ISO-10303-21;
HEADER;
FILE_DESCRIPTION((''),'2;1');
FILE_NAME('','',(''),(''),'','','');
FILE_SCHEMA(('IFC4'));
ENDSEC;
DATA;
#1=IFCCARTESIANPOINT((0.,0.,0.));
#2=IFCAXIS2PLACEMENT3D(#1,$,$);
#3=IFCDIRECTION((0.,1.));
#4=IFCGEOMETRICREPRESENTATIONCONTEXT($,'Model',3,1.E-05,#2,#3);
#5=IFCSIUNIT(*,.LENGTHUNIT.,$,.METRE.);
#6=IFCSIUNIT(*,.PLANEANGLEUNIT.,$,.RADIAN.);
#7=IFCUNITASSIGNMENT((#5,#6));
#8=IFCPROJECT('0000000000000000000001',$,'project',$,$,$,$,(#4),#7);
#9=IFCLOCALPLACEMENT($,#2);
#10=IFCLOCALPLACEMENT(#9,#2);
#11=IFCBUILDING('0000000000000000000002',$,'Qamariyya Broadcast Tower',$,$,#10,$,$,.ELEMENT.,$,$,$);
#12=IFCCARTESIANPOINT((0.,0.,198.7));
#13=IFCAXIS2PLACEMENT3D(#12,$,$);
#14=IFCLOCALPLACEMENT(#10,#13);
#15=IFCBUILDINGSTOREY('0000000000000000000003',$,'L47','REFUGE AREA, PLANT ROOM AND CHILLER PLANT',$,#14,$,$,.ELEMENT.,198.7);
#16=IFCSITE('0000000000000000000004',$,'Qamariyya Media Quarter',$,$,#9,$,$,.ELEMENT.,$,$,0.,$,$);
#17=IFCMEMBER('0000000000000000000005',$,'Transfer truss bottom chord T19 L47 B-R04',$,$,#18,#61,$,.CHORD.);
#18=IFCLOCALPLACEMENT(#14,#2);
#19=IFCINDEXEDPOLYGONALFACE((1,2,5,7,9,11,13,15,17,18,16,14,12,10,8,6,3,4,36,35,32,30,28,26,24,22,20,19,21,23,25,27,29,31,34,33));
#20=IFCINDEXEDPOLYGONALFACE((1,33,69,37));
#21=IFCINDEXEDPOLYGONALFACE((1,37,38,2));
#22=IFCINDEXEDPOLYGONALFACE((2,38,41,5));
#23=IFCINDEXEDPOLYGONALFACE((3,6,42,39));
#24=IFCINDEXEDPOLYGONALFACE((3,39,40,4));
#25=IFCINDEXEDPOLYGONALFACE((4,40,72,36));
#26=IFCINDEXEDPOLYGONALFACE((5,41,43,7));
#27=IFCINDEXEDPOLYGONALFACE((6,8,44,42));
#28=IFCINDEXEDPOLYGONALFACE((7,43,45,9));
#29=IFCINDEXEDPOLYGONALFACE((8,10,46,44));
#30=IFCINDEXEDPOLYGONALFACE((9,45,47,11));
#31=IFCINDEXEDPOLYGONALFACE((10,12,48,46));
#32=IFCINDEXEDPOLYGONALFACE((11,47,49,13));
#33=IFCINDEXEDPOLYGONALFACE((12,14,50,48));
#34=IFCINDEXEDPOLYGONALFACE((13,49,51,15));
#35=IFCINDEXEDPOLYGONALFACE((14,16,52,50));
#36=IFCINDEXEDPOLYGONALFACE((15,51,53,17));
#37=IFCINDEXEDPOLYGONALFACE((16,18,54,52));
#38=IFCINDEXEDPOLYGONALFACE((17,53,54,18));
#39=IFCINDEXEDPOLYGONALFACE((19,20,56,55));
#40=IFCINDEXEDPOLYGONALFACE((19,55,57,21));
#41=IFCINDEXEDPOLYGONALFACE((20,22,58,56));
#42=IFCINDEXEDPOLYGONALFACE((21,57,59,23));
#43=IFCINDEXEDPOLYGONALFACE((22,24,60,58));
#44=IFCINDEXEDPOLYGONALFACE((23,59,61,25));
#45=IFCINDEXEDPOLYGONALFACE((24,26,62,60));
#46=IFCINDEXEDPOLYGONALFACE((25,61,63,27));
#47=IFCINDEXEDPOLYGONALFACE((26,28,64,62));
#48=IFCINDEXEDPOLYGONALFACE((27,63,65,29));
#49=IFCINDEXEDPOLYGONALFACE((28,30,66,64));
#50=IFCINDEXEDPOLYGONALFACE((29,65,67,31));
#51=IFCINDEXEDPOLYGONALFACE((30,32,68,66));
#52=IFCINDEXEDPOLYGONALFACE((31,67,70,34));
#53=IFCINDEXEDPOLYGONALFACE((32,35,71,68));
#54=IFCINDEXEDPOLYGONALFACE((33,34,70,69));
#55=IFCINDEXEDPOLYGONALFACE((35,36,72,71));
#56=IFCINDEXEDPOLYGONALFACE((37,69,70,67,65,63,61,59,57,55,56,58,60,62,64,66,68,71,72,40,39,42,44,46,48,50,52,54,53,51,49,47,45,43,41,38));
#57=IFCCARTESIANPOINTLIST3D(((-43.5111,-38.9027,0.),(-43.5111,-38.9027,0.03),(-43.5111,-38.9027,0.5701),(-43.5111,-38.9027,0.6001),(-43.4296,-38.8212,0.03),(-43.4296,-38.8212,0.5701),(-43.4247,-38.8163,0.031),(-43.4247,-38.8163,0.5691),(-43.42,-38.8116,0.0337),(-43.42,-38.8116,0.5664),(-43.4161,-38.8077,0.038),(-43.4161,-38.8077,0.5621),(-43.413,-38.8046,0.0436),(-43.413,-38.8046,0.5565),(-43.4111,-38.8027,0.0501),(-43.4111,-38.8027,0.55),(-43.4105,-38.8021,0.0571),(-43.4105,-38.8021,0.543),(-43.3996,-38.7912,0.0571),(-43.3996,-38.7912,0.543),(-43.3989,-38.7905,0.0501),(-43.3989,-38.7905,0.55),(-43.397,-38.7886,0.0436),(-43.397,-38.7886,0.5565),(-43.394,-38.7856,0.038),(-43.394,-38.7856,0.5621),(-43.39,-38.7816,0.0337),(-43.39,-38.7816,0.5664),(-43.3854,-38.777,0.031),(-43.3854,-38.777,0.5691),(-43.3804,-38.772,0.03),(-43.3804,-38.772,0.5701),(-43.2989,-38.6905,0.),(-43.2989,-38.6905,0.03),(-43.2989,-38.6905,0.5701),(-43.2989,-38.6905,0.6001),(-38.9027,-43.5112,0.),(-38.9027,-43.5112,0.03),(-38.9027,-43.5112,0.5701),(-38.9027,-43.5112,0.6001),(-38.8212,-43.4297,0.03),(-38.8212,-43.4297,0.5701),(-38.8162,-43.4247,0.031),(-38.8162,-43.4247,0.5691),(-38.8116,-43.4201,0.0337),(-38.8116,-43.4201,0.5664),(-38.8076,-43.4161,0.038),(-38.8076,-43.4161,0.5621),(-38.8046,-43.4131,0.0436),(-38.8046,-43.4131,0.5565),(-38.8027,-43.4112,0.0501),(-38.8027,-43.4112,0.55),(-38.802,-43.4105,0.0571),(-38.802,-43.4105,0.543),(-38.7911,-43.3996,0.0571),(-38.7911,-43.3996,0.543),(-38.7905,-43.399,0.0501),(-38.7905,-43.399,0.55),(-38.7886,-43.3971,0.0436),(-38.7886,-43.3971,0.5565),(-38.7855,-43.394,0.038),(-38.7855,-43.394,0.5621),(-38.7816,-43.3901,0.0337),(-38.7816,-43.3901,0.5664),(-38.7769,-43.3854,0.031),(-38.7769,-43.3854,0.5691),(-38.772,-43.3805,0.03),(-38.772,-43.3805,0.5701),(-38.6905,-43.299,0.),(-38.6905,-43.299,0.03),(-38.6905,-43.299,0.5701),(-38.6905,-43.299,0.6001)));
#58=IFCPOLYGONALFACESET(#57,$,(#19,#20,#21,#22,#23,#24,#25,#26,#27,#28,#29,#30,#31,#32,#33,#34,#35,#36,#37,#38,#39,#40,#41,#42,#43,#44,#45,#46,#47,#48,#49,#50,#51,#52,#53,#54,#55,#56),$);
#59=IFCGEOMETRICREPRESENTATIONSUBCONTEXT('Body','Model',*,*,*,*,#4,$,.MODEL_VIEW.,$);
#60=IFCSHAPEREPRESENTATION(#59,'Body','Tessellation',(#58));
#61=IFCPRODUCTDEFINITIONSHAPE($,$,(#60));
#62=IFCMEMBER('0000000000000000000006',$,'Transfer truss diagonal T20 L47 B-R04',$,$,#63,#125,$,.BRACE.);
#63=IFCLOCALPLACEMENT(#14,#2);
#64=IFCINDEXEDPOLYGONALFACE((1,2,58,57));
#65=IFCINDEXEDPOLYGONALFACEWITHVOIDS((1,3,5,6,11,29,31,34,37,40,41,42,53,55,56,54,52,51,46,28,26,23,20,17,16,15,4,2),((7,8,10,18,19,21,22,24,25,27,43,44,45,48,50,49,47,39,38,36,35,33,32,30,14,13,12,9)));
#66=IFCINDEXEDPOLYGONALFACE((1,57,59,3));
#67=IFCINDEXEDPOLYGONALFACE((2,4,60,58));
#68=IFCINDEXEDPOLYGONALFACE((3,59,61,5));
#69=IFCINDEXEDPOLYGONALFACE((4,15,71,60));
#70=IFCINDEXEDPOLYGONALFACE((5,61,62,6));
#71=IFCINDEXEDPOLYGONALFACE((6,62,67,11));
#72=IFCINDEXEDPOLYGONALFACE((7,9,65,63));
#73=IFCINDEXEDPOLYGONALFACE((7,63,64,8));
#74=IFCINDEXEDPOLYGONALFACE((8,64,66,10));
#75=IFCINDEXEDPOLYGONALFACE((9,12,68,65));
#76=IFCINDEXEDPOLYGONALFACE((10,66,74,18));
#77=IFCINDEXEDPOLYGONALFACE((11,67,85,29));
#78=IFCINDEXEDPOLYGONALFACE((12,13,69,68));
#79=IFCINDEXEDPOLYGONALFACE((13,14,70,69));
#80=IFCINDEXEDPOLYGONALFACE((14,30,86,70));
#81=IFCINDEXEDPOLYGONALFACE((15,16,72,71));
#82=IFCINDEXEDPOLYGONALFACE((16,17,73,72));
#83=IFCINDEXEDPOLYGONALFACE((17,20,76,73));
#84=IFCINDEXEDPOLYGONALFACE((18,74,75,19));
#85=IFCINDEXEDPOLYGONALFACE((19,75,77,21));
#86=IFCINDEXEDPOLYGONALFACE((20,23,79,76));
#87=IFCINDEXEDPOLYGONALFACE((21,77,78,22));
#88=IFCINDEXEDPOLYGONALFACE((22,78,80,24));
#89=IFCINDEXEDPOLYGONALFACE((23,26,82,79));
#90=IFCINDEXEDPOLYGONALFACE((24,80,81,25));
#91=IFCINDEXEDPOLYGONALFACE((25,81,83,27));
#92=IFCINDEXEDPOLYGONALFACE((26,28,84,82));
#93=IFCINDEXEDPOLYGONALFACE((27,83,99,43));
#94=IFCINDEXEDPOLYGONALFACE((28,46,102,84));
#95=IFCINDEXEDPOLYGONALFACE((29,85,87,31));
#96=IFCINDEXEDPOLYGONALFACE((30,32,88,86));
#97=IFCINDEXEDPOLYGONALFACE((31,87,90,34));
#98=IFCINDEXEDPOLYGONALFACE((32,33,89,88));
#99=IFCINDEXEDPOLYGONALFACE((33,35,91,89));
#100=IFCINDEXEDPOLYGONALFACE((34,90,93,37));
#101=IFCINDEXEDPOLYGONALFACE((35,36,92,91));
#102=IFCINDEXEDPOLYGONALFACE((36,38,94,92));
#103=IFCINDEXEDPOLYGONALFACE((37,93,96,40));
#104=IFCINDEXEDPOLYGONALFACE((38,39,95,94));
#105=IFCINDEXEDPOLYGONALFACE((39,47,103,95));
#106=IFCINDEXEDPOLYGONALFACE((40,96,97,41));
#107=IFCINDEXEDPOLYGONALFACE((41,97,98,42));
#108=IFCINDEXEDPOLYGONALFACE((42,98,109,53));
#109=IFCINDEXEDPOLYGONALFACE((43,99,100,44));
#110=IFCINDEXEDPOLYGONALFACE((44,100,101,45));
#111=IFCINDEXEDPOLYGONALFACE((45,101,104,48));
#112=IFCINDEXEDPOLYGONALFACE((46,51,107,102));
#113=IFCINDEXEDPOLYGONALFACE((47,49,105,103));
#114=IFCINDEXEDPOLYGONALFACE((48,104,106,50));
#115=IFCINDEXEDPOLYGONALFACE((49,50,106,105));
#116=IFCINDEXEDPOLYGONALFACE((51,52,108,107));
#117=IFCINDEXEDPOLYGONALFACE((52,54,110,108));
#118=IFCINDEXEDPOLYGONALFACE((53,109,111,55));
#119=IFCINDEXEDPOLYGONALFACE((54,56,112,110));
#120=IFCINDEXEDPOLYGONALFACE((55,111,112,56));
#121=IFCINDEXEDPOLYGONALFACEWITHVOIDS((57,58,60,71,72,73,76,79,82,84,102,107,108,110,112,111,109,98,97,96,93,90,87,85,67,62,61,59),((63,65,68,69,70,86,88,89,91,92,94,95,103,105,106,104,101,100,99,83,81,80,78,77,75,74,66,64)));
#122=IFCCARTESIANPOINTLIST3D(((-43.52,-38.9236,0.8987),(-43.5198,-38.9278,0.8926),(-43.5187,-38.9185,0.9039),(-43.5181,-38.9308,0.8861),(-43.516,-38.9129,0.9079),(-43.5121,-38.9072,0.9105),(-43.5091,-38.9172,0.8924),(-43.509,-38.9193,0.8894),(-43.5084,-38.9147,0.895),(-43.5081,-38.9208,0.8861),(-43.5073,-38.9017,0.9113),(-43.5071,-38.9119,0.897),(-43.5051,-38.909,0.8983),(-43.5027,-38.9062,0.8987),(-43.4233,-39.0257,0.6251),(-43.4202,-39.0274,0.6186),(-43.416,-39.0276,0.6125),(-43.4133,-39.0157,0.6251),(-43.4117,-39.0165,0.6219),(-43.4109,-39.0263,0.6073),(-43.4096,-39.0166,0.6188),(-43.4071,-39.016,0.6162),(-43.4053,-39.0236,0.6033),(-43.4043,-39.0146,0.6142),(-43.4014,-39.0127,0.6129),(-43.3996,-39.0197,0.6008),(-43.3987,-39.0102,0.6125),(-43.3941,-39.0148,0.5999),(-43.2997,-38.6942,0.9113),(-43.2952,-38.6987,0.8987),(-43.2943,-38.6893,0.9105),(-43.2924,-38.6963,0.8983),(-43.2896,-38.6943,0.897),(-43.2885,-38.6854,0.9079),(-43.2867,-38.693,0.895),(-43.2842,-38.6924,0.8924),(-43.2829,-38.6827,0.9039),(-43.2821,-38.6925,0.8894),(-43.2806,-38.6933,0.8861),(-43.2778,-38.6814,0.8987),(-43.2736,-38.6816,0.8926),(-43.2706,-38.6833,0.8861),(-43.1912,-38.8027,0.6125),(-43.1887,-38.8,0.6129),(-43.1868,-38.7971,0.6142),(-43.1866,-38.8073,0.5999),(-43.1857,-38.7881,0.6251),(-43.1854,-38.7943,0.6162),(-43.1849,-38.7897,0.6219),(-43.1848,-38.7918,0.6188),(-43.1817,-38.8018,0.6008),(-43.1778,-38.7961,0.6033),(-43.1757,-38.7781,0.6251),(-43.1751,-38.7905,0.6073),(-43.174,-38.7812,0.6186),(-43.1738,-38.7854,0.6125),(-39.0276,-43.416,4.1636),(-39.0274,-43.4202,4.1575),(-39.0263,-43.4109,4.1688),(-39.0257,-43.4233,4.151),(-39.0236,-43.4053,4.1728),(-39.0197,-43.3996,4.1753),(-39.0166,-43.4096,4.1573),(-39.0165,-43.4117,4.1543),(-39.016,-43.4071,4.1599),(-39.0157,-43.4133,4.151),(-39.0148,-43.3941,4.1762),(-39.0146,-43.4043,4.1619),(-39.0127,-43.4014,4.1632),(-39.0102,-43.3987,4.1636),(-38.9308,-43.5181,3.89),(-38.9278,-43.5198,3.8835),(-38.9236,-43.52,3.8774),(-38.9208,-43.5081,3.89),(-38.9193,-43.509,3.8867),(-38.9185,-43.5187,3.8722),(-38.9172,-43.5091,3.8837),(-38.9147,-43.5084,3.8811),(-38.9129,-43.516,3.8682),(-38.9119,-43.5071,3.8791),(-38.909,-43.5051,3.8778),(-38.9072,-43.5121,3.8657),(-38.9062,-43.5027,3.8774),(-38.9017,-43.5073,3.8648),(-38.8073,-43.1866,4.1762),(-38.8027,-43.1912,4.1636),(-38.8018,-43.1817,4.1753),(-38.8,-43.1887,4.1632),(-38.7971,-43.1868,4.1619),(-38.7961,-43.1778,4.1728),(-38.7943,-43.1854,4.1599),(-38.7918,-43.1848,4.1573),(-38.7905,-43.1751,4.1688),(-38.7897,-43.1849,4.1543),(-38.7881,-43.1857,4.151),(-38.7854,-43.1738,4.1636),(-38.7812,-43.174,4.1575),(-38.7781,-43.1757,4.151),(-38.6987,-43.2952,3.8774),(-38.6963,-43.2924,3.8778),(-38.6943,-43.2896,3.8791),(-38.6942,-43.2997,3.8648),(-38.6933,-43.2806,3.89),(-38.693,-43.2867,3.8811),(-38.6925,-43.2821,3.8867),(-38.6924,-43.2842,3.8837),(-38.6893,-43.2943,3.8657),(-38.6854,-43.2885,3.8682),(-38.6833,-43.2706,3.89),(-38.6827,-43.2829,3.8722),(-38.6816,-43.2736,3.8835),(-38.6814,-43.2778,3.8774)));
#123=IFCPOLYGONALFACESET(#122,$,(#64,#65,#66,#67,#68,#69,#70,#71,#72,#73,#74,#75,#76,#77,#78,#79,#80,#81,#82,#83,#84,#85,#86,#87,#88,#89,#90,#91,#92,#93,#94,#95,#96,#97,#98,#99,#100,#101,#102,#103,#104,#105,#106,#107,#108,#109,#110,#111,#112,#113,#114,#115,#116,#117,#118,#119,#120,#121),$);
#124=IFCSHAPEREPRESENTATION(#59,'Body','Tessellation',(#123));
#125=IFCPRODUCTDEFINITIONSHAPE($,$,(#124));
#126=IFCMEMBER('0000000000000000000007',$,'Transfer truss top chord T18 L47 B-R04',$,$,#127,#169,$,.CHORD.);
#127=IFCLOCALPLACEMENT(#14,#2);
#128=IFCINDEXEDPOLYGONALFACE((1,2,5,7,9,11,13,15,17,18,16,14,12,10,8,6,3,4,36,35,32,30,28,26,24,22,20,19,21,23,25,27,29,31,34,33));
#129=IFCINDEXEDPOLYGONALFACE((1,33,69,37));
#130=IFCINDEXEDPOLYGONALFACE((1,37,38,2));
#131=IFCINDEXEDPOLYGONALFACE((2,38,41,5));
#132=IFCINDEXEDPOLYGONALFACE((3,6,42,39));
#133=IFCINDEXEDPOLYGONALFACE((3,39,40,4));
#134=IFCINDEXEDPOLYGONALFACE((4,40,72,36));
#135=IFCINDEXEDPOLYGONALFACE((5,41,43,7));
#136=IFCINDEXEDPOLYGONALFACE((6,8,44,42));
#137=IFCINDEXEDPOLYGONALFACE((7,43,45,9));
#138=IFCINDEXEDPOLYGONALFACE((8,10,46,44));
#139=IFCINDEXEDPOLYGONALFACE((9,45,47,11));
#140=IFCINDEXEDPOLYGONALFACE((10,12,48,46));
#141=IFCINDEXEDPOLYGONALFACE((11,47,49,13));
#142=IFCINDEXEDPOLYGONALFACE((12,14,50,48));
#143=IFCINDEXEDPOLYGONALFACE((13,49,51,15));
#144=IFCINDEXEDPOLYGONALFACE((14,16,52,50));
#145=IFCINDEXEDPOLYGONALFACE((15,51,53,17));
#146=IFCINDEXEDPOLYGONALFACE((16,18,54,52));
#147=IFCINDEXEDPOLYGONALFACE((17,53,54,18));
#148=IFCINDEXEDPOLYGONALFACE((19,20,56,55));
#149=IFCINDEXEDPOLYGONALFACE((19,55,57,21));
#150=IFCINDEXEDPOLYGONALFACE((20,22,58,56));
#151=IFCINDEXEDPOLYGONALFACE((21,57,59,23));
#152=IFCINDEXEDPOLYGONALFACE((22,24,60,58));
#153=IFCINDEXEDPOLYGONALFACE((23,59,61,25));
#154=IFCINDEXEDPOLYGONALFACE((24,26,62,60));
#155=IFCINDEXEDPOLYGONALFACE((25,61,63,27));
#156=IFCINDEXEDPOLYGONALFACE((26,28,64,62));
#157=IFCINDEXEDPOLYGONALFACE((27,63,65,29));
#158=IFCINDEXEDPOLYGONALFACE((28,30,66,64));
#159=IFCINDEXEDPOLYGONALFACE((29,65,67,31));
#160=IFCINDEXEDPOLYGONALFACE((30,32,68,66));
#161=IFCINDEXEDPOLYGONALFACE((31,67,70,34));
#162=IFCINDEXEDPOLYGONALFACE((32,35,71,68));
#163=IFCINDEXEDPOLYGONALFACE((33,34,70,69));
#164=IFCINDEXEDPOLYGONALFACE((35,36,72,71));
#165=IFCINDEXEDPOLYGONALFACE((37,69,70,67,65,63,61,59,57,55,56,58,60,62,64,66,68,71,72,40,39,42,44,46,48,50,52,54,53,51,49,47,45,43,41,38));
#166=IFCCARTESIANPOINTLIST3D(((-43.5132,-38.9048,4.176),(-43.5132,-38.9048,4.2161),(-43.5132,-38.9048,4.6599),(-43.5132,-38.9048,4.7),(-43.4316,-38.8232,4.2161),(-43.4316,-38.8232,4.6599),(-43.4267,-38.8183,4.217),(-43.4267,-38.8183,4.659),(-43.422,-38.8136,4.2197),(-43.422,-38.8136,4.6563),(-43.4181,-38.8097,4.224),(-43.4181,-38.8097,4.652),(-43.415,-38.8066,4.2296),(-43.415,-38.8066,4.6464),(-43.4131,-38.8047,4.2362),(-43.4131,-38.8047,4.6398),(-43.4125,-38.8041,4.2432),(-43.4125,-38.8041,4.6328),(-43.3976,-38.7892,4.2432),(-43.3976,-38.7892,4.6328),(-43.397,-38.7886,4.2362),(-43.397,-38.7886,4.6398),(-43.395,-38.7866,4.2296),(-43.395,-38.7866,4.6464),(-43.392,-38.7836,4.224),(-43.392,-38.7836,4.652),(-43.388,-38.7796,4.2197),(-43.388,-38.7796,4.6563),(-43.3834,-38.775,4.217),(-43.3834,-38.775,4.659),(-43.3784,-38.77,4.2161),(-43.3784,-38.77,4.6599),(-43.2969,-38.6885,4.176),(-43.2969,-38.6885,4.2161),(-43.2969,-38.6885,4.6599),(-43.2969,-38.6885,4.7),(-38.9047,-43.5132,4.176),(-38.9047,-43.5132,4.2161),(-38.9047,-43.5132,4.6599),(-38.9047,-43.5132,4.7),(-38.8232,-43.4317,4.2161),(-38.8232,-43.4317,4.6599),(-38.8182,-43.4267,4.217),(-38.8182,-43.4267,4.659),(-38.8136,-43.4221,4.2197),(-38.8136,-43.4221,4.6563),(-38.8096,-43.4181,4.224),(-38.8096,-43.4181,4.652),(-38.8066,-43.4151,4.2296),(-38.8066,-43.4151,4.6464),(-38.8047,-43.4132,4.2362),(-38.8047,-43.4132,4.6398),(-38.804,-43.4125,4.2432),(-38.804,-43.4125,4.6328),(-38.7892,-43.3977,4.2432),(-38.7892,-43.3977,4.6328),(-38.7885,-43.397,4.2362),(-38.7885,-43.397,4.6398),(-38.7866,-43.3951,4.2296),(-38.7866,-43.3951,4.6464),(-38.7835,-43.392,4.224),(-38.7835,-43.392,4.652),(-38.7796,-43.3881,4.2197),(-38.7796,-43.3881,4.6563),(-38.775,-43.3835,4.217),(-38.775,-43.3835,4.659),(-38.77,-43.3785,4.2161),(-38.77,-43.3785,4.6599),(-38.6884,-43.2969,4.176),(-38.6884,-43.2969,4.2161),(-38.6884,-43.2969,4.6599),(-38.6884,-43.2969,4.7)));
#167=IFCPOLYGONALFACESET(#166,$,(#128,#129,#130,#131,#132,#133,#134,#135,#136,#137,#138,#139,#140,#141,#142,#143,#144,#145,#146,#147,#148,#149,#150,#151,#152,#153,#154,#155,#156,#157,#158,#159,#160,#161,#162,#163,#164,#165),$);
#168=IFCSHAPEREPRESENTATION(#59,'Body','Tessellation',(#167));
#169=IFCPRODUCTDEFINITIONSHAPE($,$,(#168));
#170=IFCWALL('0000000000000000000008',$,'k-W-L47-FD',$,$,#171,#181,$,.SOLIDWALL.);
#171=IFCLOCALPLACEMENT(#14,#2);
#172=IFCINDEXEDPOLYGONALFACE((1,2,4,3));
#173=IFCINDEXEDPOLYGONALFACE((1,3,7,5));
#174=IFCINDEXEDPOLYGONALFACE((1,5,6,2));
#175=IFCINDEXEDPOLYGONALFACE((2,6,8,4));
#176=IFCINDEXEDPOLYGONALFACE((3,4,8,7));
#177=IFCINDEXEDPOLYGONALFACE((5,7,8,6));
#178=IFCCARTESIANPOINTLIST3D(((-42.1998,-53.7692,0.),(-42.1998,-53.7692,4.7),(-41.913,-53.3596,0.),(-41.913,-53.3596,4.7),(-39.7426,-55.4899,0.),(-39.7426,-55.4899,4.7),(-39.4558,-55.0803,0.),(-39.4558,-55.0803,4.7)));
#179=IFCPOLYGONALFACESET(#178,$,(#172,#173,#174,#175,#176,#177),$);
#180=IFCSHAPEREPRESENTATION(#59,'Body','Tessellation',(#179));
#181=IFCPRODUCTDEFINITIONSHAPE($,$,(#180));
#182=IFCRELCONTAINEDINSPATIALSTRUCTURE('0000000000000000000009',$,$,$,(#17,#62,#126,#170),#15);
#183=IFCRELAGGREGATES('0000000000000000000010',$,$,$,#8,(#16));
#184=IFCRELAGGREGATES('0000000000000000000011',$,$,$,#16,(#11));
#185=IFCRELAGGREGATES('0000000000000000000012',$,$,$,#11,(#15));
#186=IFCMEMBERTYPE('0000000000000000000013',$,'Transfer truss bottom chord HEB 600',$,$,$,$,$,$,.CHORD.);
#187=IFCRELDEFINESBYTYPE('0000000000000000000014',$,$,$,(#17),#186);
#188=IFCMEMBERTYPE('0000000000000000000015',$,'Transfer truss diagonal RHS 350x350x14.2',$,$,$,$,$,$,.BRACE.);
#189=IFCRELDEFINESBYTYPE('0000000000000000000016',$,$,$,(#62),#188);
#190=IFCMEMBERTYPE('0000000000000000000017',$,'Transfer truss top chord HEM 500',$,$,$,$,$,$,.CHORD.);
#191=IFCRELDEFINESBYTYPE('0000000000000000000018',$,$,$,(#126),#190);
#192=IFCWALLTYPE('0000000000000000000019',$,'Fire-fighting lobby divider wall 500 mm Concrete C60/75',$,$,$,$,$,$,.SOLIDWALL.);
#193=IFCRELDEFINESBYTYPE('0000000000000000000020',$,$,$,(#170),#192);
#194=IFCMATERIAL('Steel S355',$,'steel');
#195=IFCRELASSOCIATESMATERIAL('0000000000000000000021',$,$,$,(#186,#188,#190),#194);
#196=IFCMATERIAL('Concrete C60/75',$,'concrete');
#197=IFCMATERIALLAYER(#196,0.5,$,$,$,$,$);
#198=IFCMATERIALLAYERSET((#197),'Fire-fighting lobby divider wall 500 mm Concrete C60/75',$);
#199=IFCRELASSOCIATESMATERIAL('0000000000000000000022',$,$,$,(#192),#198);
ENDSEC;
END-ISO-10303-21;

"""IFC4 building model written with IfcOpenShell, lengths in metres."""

from ifc_helpers import new_model, si_unit, direction, frame, frame_2d, origin, origin_2d, place, context, subcontext, project, spatial, rectangle, hollow_rectangle, i_section, extrude, material, layer, layer_set, material_profile, profile_set, type_object, element, save


model = new_model("IFC4")

# Units and contexts
model_context = context("Model", 3, precision=1e-05, world=origin(), true_north=direction((0.0, 1.0)))
body_context = subcontext(model_context, "Body", "Model", "MODEL_VIEW")
ifc_project = project(units=[si_unit("LENGTHUNIT", "METRE"), si_unit("PLANEANGLEUNIT", "RADIAN")], contexts=[model_context])

# Site, building, storey
site_placement = place(None, origin())
site = spatial("IfcSite", under=ifc_project, at=site_placement, Name="Qamariyya Media Quarter", CompositionType="ELEMENT", RefElevation=0.0)
building_placement = place(site_placement, origin())
building = spatial("IfcBuilding", under=site, at=building_placement, Name="Qamariyya Broadcast Tower", CompositionType="ELEMENT")
storey_placement = place(building_placement, frame((0.0, 0.0, 198.7)))
storey = spatial("IfcBuildingStorey", under=building, at=storey_placement, Name="L47", Description="REFUGE AREA, PLANT ROOM AND CHILLER PLANT", CompositionType="ELEMENT", Elevation=198.7)

# Shared definitions
ifc_material_1 = material(Name="Concrete C60/75", Category="concrete")

# Shared definitions
ifc_material_2 = material(Name="Steel S355", Category="steel")

# Members
ifc_material_profile_1 = material_profile(ifc_material_2, i_section(OverallWidth=0.3, OverallDepth=0.6001, WebThickness=0.0154, FlangeThickness=0.03, FilletRadius=0.0271, at=origin_2d()))
ifc_profile_set_1 = profile_set([ifc_material_profile_1], Name="Steel S355")
member_type_1 = type_object("IfcMemberType", Name="Transfer truss bottom chord HEB 600", PredefinedType="CHORD", material=ifc_profile_set_1)
member_1_placement = place(storey_placement, frame((-43.405, -38.7966, 0.3), z_axis=(0.707107, -0.707107, 0.0), x_axis=(0.707107, 0.707107, 0.0)))
element("IfcMember", 1, at=member_1_placement, inside=storey, type_object=member_type_1, Name="Transfer truss bottom chord T19 L47 B-R04", PredefinedType="CHORD", context=body_context, shape_type="SweptSolid", body=[
    extrude(i_section(OverallWidth=0.3, OverallDepth=0.6001, WebThickness=0.0154, FlangeThickness=0.03, FilletRadius=0.0271, at=origin_2d()), origin(), (0.0, 0.0, 1.0), 6.5173),
])
ifc_material_profile_2 = material_profile(ifc_material_2, hollow_rectangle(XDim=0.3501, YDim=0.3501, WallThickness=0.0142, InnerFilletRadius=0.0142, OuterFilletRadius=0.0283, at=origin_2d()))
ifc_profile_set_2 = profile_set([ifc_material_profile_2], Name="Steel S355")
member_type_2 = type_object("IfcMemberType", Name="Transfer truss diagonal RHS 350x350x14.2", PredefinedType="BRACE", material=ifc_profile_set_2)
member_2_placement = place(storey_placement, frame((-43.3469, -38.8545, 0.7556), z_axis=(0.628922, -0.628922, 0.457072), x_axis=(0.707107, 0.707107, 0.0)))
element("IfcMember", 2, at=member_2_placement, inside=storey, type_object=member_type_2, Name="Transfer truss diagonal T20 L47 B-R04", PredefinedType="BRACE", context=body_context, shape_type="SweptSolid", body=[
    extrude(hollow_rectangle(XDim=0.3501, YDim=0.3501, WallThickness=0.0142, InnerFilletRadius=0.0142, OuterFilletRadius=0.0283, at=origin_2d()), origin(), (0.0, 0.0, 1.0), 7.1431),
])
ifc_material_profile_3 = material_profile(ifc_material_2, i_section(OverallWidth=0.3059, OverallDepth=0.5239, WebThickness=0.021, FlangeThickness=0.04, FilletRadius=0.0271, at=origin_2d()))
ifc_profile_set_3 = profile_set([ifc_material_profile_3], Name="Steel S355")
member_type_3 = type_object("IfcMemberType", Name="Transfer truss top chord HEM 500", PredefinedType="CHORD", material=ifc_profile_set_3)
member_3_placement = place(storey_placement, frame((-43.405, -38.7966, 4.438), z_axis=(0.707107, -0.707107, 0.0), x_axis=(0.707107, 0.707107, 0.0)))
element("IfcMember", 3, at=member_3_placement, inside=storey, type_object=member_type_3, Name="Transfer truss top chord T18 L47 B-R04", PredefinedType="CHORD", context=body_context, shape_type="SweptSolid", body=[
    extrude(i_section(OverallWidth=0.3059, OverallDepth=0.5239, WebThickness=0.021, FlangeThickness=0.04, FilletRadius=0.0271, at=origin_2d()), origin(), (0.0, 0.0, 1.0), 6.5173),
])

# Wall
ifc_layer_1 = layer(ifc_material_1, 0.5)
ifc_layer_set_1 = layer_set([ifc_layer_1], Name="Fire-fighting lobby divider wall 500 mm Concrete C60/75")
wall_type_1 = type_object("IfcWallType", Name="Fire-fighting lobby divider wall 500 mm Concrete C60/75", PredefinedType="SOLIDWALL", material=ifc_layer_set_1)
wall_1_placement = place(storey_placement, frame((-39.5991, -55.2852, 0.0), z_axis=(0.0, 0.0, 1.0), x_axis=(-0.819136, 0.573599, 0.0)))
element("IfcWall", 4, at=wall_1_placement, inside=storey, type_object=wall_type_1, Name="k-W-L47-FD", PredefinedType="SOLIDWALL", context=body_context, shape_type="SweptSolid", body=[
    extrude(rectangle(XDim=2.9998, YDim=0.5, at=frame_2d((1.5, 0.0))), origin(), (0.0, 0.0, 1.0), 4.7),
])

save(model, "model.ifc")
